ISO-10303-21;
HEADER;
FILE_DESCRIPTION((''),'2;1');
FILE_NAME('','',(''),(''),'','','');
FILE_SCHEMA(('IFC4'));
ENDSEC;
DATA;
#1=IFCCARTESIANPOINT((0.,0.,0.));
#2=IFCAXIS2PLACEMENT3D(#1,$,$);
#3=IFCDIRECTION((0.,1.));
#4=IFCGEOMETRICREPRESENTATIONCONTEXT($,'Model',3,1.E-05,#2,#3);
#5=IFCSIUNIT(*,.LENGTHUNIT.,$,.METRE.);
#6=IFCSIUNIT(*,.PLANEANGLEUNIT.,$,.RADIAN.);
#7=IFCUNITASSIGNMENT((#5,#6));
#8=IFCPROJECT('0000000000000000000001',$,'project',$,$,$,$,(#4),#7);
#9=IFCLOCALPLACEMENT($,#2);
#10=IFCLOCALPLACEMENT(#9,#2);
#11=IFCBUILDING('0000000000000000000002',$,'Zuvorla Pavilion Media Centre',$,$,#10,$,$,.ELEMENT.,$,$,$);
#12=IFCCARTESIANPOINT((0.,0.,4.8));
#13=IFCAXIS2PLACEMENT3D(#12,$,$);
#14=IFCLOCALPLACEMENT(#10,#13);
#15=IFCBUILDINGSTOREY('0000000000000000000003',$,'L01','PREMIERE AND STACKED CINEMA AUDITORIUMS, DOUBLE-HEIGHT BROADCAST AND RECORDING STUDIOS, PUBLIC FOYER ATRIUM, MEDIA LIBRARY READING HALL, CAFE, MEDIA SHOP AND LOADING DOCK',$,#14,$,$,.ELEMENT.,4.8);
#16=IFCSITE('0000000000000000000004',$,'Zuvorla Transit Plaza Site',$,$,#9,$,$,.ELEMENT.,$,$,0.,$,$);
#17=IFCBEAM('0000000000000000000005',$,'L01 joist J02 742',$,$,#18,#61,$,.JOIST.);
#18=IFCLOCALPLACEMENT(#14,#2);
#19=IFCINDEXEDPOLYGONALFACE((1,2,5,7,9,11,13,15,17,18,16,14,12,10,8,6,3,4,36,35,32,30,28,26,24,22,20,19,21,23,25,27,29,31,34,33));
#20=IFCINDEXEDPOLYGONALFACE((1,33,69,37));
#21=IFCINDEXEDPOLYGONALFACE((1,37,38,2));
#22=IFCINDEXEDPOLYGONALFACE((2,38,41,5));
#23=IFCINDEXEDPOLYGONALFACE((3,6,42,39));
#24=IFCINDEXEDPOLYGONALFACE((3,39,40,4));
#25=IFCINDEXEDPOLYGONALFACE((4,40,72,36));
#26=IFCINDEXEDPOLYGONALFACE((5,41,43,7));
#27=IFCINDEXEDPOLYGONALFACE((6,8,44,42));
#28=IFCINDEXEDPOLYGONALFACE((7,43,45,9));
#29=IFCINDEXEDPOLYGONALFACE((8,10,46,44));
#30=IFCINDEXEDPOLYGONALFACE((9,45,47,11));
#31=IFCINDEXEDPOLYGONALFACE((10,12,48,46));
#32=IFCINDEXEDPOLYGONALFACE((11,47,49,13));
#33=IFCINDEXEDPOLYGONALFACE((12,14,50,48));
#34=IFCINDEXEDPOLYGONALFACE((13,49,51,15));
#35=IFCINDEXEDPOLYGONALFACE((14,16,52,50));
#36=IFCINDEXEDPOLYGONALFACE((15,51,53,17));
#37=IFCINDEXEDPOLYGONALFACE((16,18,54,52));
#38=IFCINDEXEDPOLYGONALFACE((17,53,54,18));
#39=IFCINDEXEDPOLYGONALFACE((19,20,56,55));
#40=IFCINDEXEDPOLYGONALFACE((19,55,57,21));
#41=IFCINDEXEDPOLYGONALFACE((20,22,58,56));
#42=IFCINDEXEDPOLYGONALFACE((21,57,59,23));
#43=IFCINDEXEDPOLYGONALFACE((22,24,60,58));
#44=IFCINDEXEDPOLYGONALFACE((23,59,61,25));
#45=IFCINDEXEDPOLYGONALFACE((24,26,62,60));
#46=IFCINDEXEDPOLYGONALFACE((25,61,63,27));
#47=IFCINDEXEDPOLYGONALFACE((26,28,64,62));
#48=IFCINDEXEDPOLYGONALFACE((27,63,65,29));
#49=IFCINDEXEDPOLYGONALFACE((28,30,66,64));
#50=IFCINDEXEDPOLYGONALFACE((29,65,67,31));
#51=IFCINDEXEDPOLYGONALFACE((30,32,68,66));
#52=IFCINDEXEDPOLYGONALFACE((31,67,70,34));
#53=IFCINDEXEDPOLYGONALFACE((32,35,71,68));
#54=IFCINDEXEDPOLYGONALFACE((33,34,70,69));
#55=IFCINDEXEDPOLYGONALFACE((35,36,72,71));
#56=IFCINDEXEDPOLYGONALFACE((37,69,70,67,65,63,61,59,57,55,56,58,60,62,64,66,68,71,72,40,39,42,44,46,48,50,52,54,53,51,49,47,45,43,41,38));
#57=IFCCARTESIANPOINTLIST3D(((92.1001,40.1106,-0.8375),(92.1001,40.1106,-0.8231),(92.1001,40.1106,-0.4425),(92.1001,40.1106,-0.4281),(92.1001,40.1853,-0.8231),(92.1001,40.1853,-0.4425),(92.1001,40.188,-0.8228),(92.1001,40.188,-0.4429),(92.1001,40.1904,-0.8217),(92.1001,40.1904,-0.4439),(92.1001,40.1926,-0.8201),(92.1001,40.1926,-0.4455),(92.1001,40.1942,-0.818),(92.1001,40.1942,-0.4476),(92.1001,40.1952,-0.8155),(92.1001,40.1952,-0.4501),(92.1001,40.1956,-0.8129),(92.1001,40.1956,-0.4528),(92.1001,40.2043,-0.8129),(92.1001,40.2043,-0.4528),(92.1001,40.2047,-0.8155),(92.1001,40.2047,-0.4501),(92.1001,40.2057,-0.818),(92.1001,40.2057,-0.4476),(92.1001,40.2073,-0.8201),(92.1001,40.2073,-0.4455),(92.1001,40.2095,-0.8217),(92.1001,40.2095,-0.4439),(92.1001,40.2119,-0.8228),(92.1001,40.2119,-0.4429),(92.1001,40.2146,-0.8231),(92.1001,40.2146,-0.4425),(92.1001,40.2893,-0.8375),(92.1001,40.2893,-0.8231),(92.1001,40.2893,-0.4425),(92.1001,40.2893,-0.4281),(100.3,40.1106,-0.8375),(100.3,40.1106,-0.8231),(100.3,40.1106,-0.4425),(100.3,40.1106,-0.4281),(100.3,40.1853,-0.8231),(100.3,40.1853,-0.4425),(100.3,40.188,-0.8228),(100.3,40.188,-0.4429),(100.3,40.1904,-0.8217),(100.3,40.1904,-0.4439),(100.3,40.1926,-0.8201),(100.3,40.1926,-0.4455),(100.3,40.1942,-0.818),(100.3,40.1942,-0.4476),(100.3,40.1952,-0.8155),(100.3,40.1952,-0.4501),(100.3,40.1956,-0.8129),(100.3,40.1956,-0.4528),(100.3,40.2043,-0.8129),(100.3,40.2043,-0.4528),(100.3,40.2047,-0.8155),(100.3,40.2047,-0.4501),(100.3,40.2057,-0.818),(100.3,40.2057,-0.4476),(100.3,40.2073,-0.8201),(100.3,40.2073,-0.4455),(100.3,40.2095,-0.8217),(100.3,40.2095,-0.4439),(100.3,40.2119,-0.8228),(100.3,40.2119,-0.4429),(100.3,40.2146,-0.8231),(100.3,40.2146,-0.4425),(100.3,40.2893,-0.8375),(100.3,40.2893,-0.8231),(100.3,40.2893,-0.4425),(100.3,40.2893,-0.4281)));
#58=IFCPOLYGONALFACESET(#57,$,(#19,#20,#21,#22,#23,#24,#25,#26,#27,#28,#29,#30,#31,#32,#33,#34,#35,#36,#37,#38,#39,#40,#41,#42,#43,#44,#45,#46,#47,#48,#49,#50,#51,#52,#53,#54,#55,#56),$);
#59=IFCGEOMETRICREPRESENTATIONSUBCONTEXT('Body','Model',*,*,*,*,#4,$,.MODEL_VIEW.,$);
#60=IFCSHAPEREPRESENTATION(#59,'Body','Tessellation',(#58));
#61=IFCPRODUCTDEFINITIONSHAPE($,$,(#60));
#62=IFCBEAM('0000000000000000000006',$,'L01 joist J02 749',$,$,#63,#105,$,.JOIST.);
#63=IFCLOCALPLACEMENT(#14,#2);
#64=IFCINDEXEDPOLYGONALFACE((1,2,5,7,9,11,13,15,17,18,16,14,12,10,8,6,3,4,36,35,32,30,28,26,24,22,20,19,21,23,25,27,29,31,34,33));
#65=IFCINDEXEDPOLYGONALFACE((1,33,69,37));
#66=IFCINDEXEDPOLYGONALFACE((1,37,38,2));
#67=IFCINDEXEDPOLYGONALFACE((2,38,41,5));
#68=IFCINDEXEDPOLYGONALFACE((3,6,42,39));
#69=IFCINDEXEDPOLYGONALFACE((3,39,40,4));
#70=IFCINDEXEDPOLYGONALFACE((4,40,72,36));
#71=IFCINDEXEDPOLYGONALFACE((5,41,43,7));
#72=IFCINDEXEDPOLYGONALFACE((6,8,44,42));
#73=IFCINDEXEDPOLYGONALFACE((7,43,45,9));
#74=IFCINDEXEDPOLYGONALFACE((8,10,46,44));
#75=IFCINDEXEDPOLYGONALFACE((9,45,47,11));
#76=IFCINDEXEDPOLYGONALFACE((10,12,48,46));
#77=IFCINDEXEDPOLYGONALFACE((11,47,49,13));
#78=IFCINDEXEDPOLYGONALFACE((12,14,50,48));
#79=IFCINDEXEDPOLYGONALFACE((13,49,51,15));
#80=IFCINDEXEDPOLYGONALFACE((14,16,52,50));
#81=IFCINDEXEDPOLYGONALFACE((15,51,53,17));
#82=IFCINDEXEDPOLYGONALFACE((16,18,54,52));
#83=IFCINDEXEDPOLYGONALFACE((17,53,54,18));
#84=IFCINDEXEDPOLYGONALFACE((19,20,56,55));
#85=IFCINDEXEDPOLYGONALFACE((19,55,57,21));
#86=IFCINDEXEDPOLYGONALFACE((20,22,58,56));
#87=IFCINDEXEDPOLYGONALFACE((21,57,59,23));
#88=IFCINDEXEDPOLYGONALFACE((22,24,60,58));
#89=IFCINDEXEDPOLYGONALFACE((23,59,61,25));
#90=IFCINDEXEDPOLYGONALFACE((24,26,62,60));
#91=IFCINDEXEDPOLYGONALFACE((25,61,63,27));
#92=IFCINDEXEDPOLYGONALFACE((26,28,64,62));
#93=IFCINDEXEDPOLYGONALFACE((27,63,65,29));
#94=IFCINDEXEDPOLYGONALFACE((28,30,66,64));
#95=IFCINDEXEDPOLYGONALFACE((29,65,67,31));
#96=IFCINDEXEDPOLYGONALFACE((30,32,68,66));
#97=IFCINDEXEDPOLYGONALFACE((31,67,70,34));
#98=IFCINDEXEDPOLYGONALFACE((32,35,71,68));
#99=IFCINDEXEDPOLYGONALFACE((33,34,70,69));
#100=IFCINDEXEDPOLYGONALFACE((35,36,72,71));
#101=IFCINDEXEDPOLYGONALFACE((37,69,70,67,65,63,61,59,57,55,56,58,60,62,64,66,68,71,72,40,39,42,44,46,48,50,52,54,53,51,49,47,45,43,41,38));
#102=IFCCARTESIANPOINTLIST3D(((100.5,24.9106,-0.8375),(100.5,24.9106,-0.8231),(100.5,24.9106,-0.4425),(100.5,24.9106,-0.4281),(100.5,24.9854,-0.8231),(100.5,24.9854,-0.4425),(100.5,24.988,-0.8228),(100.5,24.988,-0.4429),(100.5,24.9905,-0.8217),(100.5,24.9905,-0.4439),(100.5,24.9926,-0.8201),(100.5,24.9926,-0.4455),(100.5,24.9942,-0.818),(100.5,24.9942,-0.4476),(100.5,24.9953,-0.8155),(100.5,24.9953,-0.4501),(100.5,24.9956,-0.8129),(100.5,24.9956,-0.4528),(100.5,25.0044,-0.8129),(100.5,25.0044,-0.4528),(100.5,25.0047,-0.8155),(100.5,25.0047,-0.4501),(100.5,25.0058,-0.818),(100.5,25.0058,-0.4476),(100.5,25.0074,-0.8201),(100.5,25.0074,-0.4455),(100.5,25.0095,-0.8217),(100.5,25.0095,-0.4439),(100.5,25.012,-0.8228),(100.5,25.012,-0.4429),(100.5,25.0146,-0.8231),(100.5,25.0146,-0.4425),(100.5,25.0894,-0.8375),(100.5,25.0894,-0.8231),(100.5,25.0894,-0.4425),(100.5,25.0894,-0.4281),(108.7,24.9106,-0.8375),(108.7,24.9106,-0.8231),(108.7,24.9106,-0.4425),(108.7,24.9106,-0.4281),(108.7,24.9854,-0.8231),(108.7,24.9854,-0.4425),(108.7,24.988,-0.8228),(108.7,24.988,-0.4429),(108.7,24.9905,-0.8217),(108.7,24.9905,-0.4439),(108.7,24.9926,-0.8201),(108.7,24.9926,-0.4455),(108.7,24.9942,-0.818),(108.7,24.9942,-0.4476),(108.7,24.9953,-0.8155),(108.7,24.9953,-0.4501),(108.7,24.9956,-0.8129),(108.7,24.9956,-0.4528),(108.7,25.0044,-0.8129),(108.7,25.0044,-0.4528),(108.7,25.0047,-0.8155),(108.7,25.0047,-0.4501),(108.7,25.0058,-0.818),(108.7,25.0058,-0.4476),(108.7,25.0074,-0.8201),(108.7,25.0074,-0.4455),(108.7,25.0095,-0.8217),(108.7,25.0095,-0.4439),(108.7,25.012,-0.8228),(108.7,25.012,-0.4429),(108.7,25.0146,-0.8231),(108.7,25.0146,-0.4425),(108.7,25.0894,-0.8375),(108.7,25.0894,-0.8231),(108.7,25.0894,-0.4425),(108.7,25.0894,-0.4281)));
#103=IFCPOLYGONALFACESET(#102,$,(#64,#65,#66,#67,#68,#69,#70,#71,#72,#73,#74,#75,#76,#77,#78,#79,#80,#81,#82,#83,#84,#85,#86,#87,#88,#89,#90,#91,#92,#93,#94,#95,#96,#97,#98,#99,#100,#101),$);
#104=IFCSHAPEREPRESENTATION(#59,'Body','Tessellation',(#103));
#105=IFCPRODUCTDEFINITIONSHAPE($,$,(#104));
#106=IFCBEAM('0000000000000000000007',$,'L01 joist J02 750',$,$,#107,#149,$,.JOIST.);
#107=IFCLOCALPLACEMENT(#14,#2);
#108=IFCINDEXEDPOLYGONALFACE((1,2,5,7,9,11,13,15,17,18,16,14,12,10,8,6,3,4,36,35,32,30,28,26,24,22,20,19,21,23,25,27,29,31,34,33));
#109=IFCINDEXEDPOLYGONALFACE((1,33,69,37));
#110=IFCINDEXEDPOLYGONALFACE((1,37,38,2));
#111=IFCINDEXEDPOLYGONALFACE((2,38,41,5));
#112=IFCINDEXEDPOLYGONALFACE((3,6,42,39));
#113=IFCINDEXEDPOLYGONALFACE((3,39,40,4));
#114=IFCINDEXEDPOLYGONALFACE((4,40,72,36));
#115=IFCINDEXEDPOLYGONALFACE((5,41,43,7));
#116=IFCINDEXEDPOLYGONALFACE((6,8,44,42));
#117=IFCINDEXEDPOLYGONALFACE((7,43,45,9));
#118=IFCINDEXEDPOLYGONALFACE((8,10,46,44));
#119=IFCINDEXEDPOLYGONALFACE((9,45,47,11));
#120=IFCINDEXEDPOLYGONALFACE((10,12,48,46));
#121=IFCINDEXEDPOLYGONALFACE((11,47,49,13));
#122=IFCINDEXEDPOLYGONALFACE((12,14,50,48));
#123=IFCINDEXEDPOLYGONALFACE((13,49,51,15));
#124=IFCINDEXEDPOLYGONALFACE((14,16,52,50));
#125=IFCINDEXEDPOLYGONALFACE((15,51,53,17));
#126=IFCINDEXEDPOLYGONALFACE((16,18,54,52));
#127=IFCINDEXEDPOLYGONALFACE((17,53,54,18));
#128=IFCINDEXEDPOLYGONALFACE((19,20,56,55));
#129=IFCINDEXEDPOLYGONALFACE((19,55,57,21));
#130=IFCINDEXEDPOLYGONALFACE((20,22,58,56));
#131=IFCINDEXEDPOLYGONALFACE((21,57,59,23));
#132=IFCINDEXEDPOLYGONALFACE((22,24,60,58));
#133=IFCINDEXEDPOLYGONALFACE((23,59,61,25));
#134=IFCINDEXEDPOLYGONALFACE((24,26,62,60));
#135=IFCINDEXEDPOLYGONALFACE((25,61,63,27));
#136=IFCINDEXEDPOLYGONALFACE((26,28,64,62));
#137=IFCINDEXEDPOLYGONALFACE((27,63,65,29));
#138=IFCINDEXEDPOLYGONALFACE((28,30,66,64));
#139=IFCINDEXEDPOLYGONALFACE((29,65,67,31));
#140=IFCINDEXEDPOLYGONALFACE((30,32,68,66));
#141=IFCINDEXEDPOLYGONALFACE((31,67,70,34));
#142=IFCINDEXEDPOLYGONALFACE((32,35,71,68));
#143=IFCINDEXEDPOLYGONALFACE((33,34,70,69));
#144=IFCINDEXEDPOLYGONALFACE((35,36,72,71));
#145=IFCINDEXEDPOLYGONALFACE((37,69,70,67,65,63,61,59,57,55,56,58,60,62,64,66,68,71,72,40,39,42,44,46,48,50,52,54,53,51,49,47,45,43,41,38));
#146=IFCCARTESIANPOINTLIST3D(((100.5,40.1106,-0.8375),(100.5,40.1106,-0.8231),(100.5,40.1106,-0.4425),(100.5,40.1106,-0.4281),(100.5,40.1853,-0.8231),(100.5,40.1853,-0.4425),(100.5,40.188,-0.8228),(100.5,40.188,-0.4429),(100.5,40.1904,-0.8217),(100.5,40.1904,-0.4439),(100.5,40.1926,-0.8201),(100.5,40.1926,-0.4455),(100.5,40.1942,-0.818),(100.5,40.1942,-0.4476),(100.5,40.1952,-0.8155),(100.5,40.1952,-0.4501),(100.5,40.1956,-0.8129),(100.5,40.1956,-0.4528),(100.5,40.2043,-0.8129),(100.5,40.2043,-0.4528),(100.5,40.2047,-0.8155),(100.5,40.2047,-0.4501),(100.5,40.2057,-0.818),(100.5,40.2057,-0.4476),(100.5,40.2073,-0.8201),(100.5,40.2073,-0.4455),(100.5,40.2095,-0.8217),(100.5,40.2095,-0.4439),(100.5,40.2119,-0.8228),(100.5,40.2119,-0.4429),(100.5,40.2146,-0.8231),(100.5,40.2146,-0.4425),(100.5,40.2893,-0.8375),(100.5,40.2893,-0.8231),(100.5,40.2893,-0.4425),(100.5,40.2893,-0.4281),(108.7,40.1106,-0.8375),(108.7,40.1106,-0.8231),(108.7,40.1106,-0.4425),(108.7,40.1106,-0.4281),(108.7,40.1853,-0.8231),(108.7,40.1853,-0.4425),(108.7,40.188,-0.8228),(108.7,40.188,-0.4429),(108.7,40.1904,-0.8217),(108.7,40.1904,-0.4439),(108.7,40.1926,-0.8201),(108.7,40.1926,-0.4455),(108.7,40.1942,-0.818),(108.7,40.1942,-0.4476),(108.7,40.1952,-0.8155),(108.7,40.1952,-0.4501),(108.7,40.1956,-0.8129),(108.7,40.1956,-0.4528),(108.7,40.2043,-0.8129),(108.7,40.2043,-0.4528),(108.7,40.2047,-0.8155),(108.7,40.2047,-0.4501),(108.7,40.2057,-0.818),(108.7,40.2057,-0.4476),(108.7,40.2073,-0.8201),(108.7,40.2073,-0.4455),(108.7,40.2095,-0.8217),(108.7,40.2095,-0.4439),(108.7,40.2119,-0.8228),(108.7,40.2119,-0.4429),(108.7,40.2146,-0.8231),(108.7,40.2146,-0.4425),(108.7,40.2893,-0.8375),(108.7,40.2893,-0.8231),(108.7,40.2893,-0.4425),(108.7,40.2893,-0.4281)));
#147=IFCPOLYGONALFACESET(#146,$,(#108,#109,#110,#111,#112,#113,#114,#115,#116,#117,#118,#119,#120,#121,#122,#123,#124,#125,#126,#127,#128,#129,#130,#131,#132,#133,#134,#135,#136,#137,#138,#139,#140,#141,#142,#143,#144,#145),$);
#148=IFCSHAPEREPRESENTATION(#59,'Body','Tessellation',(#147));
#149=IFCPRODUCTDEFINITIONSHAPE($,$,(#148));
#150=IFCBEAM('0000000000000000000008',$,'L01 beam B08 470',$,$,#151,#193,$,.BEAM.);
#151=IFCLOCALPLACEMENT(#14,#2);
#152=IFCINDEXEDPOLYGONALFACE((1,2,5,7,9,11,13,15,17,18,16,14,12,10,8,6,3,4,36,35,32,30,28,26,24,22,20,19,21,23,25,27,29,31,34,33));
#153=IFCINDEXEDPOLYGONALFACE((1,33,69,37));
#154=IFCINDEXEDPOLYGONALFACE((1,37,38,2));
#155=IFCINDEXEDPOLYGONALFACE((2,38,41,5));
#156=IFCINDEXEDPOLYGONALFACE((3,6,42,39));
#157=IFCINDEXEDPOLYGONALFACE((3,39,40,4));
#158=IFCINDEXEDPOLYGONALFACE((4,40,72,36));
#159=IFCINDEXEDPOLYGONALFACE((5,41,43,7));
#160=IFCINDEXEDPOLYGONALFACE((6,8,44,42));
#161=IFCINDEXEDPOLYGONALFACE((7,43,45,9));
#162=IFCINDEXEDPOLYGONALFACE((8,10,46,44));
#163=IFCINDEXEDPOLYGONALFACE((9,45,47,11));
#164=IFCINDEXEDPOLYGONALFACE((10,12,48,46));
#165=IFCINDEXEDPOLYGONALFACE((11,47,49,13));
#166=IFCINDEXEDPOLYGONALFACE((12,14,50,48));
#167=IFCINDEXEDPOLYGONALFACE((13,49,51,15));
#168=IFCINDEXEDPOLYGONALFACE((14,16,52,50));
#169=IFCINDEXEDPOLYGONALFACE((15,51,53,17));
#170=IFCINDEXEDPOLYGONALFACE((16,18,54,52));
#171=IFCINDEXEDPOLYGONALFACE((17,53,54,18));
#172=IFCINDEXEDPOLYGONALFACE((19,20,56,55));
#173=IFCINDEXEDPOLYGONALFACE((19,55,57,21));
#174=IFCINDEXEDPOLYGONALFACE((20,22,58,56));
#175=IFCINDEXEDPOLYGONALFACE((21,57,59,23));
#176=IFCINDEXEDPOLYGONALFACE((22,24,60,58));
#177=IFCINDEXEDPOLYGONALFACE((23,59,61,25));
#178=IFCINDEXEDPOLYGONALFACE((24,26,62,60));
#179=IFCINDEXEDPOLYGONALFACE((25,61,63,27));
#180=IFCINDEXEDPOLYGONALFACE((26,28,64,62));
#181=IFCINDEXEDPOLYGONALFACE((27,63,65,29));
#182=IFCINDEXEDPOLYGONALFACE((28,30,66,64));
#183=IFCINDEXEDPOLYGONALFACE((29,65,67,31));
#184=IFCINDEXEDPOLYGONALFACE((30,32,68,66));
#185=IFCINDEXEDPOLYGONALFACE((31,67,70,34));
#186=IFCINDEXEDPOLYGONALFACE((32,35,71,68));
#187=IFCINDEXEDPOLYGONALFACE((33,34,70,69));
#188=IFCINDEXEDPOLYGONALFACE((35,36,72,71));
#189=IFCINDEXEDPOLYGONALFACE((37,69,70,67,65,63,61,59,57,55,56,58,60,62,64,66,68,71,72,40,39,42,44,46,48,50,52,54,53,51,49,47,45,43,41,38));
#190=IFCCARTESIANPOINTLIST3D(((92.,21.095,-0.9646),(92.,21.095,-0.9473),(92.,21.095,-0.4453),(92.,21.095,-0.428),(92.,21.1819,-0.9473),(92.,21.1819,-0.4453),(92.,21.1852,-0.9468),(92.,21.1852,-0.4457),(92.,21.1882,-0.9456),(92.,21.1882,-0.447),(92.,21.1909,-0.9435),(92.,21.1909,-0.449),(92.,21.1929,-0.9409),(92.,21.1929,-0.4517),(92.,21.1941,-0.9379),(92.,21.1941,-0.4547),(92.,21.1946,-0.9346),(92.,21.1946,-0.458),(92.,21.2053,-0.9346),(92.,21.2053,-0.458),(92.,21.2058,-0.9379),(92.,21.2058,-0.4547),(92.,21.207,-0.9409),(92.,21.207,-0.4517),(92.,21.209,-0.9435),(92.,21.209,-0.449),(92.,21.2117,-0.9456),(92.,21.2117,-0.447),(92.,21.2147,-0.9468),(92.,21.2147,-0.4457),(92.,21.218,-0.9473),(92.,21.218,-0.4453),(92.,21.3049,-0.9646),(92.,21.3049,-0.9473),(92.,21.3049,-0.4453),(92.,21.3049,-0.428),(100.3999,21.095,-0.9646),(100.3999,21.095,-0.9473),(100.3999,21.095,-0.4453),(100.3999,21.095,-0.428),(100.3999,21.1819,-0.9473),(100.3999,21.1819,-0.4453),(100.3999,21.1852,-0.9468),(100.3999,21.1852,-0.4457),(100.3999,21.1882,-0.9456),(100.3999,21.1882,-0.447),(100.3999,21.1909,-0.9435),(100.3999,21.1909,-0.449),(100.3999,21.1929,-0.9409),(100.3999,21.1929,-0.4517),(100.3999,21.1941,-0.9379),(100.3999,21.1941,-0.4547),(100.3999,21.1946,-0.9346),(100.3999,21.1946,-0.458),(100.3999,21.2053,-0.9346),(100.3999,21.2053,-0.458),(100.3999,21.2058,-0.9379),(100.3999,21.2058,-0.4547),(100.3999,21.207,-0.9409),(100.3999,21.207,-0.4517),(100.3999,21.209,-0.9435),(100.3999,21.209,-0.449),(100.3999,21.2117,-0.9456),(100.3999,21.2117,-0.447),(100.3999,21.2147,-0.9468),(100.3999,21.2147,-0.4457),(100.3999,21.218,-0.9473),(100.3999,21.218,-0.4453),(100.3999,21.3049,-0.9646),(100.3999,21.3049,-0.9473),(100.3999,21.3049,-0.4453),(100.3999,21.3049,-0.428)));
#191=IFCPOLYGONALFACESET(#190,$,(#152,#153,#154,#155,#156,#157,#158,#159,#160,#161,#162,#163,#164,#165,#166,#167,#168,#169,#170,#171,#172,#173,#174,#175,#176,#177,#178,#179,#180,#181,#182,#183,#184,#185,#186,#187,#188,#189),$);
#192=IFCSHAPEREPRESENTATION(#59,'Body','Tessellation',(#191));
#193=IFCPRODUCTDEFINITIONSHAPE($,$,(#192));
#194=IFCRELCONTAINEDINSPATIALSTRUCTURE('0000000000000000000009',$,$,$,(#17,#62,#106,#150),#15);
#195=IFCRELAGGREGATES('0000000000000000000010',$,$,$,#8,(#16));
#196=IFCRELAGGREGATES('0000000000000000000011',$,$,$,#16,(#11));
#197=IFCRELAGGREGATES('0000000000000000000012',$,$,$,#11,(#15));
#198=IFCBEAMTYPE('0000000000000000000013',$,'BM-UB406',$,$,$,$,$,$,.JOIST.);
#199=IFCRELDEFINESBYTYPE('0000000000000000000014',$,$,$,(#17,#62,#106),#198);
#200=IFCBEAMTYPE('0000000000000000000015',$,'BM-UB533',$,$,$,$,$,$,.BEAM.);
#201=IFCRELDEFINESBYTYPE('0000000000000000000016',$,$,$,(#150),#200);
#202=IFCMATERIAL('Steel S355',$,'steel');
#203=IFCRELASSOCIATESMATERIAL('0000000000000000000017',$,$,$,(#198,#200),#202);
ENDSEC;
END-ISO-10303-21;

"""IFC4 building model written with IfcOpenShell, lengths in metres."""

from ifc_helpers import new_model, si_unit, direction, frame, origin, origin_2d, place, context, subcontext, project, spatial, i_section, extrude, material, material_profile, profile_set, type_object, element, save


model = new_model("IFC4")

# Units and contexts
model_context = context("Model", 3, precision=1e-05, world=origin(), true_north=direction((0.0, 1.0)))
body_context = subcontext(model_context, "Body", "Model", "MODEL_VIEW")
ifc_project = project(units=[si_unit("LENGTHUNIT", "METRE"), si_unit("PLANEANGLEUNIT", "RADIAN")], contexts=[model_context])

# Site, building, storey
site_placement = place(None, origin())
site = spatial("IfcSite", under=ifc_project, at=site_placement, Name="Zuvorla Transit Plaza Site", CompositionType="ELEMENT", RefElevation=0.0)
building_placement = place(site_placement, origin())
building = spatial("IfcBuilding", under=site, at=building_placement, Name="Zuvorla Pavilion Media Centre", CompositionType="ELEMENT")
storey_placement = place(building_placement, frame((0.0, 0.0, 4.8)))
storey = spatial("IfcBuildingStorey", under=building, at=storey_placement, Name="L01", Description="PREMIERE AND STACKED CINEMA AUDITORIUMS, DOUBLE-HEIGHT BROADCAST AND RECORDING STUDIOS, PUBLIC FOYER ATRIUM, MEDIA LIBRARY READING HALL, CAFE, MEDIA SHOP AND LOADING DOCK", CompositionType="ELEMENT", Elevation=4.8)

# Beams
ifc_material_1 = material(Name="Steel S355", Category="steel")
ifc_material_profile_1 = material_profile(ifc_material_1, i_section(OverallWidth=0.1787, OverallDepth=0.4094, WebThickness=0.0088, FlangeThickness=0.0144, FilletRadius=0.0103, at=origin_2d()), Name="UB 406x178x67")
ifc_profile_set_1 = profile_set([ifc_material_profile_1], Name="Steel S355")
beam_type_1 = type_object("IfcBeamType", Name="BM-UB406", PredefinedType="JOIST", material=ifc_profile_set_1)
for number, where, z_axis, x_axis, name in (
    (1, (92.1001, 40.2, -0.6328), (1.0, 0.0, 0.0), (0.0, 1.0, 0.0), "L01 joist J02 742"),
    (2, (100.5, 25.0, -0.6328), (1.0, 0.0, 0.0), (0.0, 1.0, 0.0), "L01 joist J02 749"),
    (3, (100.5, 40.2, -0.6328), (1.0, 0.0, 0.0), (0.0, 1.0, 0.0), "L01 joist J02 750"),
):
    element("IfcBeam", number, at=place(storey_placement, frame(where, z_axis=z_axis, x_axis=x_axis)), inside=storey, type_object=beam_type_1, Name=name, PredefinedType="JOIST", context=body_context, shape_type="SweptSolid", body=[
        extrude(i_section(OverallWidth=0.1787, OverallDepth=0.4094, WebThickness=0.0088, FlangeThickness=0.0144, FilletRadius=0.0103, at=origin_2d()), origin(), (0.0, 0.0, 1.0), 8.2),
    ])
ifc_material_profile_2 = material_profile(ifc_material_1, i_section(OverallWidth=0.21, OverallDepth=0.5366, WebThickness=0.0107, FlangeThickness=0.0173, FilletRadius=0.0127, at=origin_2d()), Name="UB 533x210x101")
ifc_profile_set_2 = profile_set([ifc_material_profile_2], Name="Steel S355")
beam_type_2 = type_object("IfcBeamType", Name="BM-UB533", PredefinedType="BEAM", material=ifc_profile_set_2)
beam_1_placement = place(storey_placement, frame((92.0, 21.2, -0.6963), z_axis=(1.0, 0.0, 0.0), x_axis=(0.0, 1.0, 0.0)))
element("IfcBeam", 4, at=beam_1_placement, inside=storey, type_object=beam_type_2, Name="L01 beam B08 470", PredefinedType="BEAM", context=body_context, shape_type="SweptSolid", body=[
    extrude(i_section(OverallWidth=0.21, OverallDepth=0.5366, WebThickness=0.0107, FlangeThickness=0.0173, FilletRadius=0.0127, at=origin_2d()), origin(), (0.0, 0.0, 1.0), 8.3999),
])

save(model, "model.ifc")
